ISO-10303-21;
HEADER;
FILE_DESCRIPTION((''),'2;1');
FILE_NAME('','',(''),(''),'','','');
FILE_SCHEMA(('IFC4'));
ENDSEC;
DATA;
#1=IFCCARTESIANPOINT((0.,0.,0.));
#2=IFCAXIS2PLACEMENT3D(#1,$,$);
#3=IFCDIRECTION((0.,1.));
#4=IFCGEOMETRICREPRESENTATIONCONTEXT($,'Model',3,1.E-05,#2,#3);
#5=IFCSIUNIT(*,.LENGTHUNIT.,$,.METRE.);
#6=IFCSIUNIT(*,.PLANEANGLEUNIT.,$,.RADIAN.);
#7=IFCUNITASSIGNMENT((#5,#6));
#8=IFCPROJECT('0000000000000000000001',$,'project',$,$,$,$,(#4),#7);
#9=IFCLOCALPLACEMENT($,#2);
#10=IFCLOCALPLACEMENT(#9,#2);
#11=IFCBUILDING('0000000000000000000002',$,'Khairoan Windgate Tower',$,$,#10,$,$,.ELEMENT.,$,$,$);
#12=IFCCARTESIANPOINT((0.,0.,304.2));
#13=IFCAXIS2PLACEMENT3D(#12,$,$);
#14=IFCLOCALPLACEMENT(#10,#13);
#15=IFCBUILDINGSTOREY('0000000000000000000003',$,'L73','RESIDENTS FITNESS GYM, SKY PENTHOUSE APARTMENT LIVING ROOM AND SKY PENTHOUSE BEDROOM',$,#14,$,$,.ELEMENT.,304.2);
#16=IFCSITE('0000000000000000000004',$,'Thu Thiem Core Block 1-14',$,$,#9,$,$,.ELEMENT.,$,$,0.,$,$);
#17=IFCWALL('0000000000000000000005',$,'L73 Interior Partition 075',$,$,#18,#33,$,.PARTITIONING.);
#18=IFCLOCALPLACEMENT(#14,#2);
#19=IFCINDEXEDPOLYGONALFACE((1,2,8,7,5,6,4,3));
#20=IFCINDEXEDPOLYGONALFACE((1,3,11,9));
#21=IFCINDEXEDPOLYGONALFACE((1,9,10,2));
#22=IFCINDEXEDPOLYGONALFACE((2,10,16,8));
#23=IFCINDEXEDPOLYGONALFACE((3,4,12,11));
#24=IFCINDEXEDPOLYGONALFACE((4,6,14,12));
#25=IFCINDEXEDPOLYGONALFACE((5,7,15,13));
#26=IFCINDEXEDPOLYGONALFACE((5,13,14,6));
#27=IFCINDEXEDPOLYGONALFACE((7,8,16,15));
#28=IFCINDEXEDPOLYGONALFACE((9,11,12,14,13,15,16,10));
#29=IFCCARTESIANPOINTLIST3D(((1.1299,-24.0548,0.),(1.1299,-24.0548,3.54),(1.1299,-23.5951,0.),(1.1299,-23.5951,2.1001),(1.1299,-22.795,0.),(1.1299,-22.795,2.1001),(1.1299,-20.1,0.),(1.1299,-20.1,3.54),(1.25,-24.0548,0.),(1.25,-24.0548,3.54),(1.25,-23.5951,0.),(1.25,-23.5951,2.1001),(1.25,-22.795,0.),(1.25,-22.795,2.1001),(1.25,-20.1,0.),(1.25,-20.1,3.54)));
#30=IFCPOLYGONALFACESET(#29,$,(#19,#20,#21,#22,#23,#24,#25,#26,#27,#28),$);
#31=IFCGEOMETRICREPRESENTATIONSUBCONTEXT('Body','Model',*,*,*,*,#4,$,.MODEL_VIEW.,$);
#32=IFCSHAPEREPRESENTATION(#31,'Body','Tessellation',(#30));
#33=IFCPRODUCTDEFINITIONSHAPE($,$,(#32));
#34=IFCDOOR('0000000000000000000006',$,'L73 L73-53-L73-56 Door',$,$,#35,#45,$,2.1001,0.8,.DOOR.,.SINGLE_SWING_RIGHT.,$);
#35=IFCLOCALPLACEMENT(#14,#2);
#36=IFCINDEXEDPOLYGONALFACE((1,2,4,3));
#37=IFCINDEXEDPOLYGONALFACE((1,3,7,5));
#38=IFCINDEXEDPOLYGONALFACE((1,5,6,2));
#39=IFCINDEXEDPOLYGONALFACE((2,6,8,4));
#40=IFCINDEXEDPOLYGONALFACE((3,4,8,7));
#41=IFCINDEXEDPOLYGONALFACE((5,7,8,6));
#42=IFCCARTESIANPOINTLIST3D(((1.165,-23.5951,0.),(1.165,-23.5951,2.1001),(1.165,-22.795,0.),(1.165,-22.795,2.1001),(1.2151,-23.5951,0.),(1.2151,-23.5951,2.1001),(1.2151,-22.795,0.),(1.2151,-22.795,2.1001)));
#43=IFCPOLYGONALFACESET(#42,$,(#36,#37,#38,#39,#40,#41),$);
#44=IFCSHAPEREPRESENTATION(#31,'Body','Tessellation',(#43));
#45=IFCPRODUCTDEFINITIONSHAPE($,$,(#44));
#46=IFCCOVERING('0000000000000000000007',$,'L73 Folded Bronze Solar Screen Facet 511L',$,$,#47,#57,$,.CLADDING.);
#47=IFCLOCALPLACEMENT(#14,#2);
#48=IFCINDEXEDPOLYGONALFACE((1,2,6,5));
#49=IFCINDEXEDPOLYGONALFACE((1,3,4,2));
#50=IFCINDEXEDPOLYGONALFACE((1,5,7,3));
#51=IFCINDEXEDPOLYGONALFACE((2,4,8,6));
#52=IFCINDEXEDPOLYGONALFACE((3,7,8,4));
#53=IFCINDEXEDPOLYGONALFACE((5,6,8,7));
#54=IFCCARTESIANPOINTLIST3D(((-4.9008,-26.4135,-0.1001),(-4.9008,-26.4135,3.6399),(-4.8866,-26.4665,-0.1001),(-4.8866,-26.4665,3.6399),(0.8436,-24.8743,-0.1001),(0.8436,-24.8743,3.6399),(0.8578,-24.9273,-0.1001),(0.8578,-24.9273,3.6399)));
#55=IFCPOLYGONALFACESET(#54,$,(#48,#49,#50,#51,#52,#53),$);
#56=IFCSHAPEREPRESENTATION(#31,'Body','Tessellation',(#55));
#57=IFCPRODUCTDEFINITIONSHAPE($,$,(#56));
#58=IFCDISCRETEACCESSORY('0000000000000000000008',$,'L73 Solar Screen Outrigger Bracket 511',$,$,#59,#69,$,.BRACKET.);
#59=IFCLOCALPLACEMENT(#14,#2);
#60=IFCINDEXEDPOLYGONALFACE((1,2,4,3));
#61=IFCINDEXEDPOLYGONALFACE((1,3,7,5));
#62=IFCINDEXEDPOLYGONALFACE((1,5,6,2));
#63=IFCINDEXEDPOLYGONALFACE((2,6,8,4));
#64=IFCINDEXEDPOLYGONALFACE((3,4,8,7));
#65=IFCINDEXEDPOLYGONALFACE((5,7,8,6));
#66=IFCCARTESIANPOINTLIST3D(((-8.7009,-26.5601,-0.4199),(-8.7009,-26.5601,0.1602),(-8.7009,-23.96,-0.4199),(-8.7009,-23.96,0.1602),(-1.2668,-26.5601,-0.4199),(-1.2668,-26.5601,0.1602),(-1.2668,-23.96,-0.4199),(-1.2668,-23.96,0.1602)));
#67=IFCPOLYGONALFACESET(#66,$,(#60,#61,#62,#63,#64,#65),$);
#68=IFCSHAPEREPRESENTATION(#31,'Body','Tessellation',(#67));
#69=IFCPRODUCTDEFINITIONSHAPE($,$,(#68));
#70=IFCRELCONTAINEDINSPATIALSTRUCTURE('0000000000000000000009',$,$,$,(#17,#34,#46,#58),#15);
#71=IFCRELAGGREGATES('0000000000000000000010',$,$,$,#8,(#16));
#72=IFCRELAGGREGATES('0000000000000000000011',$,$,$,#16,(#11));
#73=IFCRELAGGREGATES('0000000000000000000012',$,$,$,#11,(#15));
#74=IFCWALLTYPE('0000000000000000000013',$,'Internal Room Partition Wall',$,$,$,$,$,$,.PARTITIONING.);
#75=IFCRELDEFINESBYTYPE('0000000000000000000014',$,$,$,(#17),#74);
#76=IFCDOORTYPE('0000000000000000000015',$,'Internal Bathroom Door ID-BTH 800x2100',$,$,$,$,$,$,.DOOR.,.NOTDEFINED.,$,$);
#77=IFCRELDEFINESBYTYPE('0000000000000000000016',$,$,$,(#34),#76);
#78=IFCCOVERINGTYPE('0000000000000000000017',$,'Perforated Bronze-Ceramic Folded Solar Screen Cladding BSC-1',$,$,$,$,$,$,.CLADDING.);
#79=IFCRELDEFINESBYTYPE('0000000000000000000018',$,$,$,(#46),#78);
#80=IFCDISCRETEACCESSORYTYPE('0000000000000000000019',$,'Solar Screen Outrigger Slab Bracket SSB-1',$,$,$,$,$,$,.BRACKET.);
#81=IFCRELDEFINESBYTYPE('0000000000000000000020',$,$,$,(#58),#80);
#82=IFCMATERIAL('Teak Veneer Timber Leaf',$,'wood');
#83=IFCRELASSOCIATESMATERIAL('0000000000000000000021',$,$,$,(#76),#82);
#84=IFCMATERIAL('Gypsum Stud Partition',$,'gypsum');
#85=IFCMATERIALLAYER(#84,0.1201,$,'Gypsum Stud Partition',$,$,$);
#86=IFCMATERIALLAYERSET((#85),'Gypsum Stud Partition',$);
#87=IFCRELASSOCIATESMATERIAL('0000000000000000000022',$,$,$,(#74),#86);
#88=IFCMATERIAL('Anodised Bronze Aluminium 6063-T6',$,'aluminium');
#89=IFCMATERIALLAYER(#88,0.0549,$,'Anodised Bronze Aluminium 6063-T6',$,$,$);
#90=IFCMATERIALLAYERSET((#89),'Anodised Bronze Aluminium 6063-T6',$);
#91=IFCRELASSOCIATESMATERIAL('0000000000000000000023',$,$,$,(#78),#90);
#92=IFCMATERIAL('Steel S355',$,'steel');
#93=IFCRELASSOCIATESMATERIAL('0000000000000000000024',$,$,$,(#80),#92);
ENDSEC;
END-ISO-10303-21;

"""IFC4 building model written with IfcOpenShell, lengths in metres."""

from ifc_helpers import new_model, si_unit, direction, frame, frame_2d, origin, origin_2d, place, context, subcontext, project, spatial, rectangle, extrude, material, layer, layer_set, type_object, element, fill, save


model = new_model("IFC4")

# Units and contexts
model_context = context("Model", 3, precision=1e-05, world=origin(), true_north=direction((0.0, 1.0)))
body_context = subcontext(model_context, "Body", "Model", "MODEL_VIEW")
ifc_project = project(units=[si_unit("LENGTHUNIT", "METRE"), si_unit("PLANEANGLEUNIT", "RADIAN")], contexts=[model_context])

# Site, building, storey
site_placement = place(None, origin())
site = spatial("IfcSite", under=ifc_project, at=site_placement, Name="Thu Thiem Core Block 1-14", CompositionType="ELEMENT", RefElevation=0.0)
building_placement = place(site_placement, origin())
building = spatial("IfcBuilding", under=site, at=building_placement, Name="Khairoan Windgate Tower", CompositionType="ELEMENT")
storey_placement = place(building_placement, frame((0.0, 0.0, 304.2)))
storey = spatial("IfcBuildingStorey", under=building, at=storey_placement, Name="L73", Description="RESIDENTS FITNESS GYM, SKY PENTHOUSE APARTMENT LIVING ROOM AND SKY PENTHOUSE BEDROOM", CompositionType="ELEMENT", Elevation=304.2)

# Shared definitions
ifc_material_1 = material(Name="Teak Veneer Timber Leaf", Category="wood")
door_type_1 = type_object("IfcDoorType", Name="Internal Bathroom Door ID-BTH 800x2100", OperationType="NOTDEFINED", PredefinedType="DOOR", material=ifc_material_1)

# Shared definitions
ifc_material_2 = material(Name="Gypsum Stud Partition", Category="gypsum")
ifc_layer_1 = layer(ifc_material_2, 0.1201, Name="Gypsum Stud Partition")
ifc_layer_set_1 = layer_set([ifc_layer_1], Name="Gypsum Stud Partition")
wall_type_1 = type_object("IfcWallType", Name="Internal Room Partition Wall", PredefinedType="PARTITIONING", material=ifc_layer_set_1)

# Wall, opening, door
wall_1_placement = place(storey_placement, frame((1.1899, -24.0549, 0.0), z_axis=(0.0, 0.0, 1.0), x_axis=(0.0, 1.0, 0.0)))
wall_1 = element("IfcWall", 1, at=wall_1_placement, inside=storey, type_object=wall_type_1, Name="L73 Interior Partition 075", PredefinedType="PARTITIONING", context=body_context, shape_type="SweptSolid", body=[
    extrude(rectangle(XDim=3.9548, YDim=0.1201, at=frame_2d((1.9775, 0.0))), origin(), (0.0, 0.0, 1.0), 3.54),
])
opening_1_placement = place(wall_1_placement, frame((0.46, 0.0, 0.0)))
opening_1 = element("IfcOpeningElement", 2, at=opening_1_placement, cuts=wall_1, PredefinedType="OPENING", context=body_context, shape_type="SweptSolid", body=[
    extrude(rectangle(XDim=0.8, YDim=2.1001, at=frame_2d((0.3999, 1.05))), frame((0.0, 0.0701, 0.0), z_axis=(0.0, -1.0, 0.0), x_axis=(1.0, 0.0, 0.0)), (0.0, 0.0, 1.0), 0.1401),
])
door_1_placement = place(opening_1_placement, origin())
door_1 = element("IfcDoor", 3, at=door_1_placement, inside=storey, type_object=door_type_1, Name="L73 L73-53-L73-56 Door", OperationType="SINGLE_SWING_RIGHT", OverallHeight=2.1001, OverallWidth=0.8, PredefinedType="DOOR", context=body_context, shape_type="SweptSolid", body=[
    extrude(rectangle(XDim=0.8, YDim=2.1001, at=frame_2d((0.3999, 1.05))), frame((0.0, 0.0249, 0.0), z_axis=(0.0, -1.0, 0.0), x_axis=(1.0, 0.0, 0.0)), (0.0, 0.0, 1.0), 0.05),
])
fill(opening_1, door_1)

# Covering
ifc_material_3 = material(Name="Anodised Bronze Aluminium 6063-T6", Category="aluminium")
ifc_layer_2 = layer(ifc_material_3, 0.0549, Name="Anodised Bronze Aluminium 6063-T6")
ifc_layer_set_2 = layer_set([ifc_layer_2], Name="Anodised Bronze Aluminium 6063-T6")
covering_type = type_object("IfcCoveringType", Name="Perforated Bronze-Ceramic Folded Solar Screen Cladding BSC-1", PredefinedType="CLADDING", material=ifc_layer_set_2)
covering_placement = place(storey_placement, frame((-2.0215, -25.6704, -0.1001), z_axis=(0.0, 0.0, 1.0), x_axis=(-0.965926, -0.258819, 0.0)))
element("IfcCovering", 4, at=covering_placement, inside=storey, type_object=covering_type, Name="L73 Folded Bronze Solar Screen Facet 511L", PredefinedType="CLADDING", context=body_context, shape_type="SweptSolid", body=[
    extrude(rectangle(XDim=5.947, YDim=0.0549, at=origin_2d()), origin(), (0.0, 0.0, 1.0), 3.74),
])

# Discrete accessory
ifc_material_4 = material(Name="Steel S355", Category="steel")
discrete_accessory_type = type_object("IfcDiscreteAccessoryType", Name="Solar Screen Outrigger Slab Bracket SSB-1", PredefinedType="BRACKET", material=ifc_material_4)
discrete_accessory_placement = place(storey_placement, frame((-4.9839, -25.26, -0.4199), z_axis=(0.0, 0.0, 1.0), x_axis=(-1.0, 0.0, 0.0)))
element("IfcDiscreteAccessory", 5, at=discrete_accessory_placement, inside=storey, type_object=discrete_accessory_type, Name="L73 Solar Screen Outrigger Bracket 511", PredefinedType="BRACKET", context=body_context, shape_type="SweptSolid", body=[
    extrude(rectangle(XDim=7.4341, YDim=2.6001, at=origin_2d()), origin(), (0.0, 0.0, 1.0), 0.5801),
])

save(model, "model.ifc")
